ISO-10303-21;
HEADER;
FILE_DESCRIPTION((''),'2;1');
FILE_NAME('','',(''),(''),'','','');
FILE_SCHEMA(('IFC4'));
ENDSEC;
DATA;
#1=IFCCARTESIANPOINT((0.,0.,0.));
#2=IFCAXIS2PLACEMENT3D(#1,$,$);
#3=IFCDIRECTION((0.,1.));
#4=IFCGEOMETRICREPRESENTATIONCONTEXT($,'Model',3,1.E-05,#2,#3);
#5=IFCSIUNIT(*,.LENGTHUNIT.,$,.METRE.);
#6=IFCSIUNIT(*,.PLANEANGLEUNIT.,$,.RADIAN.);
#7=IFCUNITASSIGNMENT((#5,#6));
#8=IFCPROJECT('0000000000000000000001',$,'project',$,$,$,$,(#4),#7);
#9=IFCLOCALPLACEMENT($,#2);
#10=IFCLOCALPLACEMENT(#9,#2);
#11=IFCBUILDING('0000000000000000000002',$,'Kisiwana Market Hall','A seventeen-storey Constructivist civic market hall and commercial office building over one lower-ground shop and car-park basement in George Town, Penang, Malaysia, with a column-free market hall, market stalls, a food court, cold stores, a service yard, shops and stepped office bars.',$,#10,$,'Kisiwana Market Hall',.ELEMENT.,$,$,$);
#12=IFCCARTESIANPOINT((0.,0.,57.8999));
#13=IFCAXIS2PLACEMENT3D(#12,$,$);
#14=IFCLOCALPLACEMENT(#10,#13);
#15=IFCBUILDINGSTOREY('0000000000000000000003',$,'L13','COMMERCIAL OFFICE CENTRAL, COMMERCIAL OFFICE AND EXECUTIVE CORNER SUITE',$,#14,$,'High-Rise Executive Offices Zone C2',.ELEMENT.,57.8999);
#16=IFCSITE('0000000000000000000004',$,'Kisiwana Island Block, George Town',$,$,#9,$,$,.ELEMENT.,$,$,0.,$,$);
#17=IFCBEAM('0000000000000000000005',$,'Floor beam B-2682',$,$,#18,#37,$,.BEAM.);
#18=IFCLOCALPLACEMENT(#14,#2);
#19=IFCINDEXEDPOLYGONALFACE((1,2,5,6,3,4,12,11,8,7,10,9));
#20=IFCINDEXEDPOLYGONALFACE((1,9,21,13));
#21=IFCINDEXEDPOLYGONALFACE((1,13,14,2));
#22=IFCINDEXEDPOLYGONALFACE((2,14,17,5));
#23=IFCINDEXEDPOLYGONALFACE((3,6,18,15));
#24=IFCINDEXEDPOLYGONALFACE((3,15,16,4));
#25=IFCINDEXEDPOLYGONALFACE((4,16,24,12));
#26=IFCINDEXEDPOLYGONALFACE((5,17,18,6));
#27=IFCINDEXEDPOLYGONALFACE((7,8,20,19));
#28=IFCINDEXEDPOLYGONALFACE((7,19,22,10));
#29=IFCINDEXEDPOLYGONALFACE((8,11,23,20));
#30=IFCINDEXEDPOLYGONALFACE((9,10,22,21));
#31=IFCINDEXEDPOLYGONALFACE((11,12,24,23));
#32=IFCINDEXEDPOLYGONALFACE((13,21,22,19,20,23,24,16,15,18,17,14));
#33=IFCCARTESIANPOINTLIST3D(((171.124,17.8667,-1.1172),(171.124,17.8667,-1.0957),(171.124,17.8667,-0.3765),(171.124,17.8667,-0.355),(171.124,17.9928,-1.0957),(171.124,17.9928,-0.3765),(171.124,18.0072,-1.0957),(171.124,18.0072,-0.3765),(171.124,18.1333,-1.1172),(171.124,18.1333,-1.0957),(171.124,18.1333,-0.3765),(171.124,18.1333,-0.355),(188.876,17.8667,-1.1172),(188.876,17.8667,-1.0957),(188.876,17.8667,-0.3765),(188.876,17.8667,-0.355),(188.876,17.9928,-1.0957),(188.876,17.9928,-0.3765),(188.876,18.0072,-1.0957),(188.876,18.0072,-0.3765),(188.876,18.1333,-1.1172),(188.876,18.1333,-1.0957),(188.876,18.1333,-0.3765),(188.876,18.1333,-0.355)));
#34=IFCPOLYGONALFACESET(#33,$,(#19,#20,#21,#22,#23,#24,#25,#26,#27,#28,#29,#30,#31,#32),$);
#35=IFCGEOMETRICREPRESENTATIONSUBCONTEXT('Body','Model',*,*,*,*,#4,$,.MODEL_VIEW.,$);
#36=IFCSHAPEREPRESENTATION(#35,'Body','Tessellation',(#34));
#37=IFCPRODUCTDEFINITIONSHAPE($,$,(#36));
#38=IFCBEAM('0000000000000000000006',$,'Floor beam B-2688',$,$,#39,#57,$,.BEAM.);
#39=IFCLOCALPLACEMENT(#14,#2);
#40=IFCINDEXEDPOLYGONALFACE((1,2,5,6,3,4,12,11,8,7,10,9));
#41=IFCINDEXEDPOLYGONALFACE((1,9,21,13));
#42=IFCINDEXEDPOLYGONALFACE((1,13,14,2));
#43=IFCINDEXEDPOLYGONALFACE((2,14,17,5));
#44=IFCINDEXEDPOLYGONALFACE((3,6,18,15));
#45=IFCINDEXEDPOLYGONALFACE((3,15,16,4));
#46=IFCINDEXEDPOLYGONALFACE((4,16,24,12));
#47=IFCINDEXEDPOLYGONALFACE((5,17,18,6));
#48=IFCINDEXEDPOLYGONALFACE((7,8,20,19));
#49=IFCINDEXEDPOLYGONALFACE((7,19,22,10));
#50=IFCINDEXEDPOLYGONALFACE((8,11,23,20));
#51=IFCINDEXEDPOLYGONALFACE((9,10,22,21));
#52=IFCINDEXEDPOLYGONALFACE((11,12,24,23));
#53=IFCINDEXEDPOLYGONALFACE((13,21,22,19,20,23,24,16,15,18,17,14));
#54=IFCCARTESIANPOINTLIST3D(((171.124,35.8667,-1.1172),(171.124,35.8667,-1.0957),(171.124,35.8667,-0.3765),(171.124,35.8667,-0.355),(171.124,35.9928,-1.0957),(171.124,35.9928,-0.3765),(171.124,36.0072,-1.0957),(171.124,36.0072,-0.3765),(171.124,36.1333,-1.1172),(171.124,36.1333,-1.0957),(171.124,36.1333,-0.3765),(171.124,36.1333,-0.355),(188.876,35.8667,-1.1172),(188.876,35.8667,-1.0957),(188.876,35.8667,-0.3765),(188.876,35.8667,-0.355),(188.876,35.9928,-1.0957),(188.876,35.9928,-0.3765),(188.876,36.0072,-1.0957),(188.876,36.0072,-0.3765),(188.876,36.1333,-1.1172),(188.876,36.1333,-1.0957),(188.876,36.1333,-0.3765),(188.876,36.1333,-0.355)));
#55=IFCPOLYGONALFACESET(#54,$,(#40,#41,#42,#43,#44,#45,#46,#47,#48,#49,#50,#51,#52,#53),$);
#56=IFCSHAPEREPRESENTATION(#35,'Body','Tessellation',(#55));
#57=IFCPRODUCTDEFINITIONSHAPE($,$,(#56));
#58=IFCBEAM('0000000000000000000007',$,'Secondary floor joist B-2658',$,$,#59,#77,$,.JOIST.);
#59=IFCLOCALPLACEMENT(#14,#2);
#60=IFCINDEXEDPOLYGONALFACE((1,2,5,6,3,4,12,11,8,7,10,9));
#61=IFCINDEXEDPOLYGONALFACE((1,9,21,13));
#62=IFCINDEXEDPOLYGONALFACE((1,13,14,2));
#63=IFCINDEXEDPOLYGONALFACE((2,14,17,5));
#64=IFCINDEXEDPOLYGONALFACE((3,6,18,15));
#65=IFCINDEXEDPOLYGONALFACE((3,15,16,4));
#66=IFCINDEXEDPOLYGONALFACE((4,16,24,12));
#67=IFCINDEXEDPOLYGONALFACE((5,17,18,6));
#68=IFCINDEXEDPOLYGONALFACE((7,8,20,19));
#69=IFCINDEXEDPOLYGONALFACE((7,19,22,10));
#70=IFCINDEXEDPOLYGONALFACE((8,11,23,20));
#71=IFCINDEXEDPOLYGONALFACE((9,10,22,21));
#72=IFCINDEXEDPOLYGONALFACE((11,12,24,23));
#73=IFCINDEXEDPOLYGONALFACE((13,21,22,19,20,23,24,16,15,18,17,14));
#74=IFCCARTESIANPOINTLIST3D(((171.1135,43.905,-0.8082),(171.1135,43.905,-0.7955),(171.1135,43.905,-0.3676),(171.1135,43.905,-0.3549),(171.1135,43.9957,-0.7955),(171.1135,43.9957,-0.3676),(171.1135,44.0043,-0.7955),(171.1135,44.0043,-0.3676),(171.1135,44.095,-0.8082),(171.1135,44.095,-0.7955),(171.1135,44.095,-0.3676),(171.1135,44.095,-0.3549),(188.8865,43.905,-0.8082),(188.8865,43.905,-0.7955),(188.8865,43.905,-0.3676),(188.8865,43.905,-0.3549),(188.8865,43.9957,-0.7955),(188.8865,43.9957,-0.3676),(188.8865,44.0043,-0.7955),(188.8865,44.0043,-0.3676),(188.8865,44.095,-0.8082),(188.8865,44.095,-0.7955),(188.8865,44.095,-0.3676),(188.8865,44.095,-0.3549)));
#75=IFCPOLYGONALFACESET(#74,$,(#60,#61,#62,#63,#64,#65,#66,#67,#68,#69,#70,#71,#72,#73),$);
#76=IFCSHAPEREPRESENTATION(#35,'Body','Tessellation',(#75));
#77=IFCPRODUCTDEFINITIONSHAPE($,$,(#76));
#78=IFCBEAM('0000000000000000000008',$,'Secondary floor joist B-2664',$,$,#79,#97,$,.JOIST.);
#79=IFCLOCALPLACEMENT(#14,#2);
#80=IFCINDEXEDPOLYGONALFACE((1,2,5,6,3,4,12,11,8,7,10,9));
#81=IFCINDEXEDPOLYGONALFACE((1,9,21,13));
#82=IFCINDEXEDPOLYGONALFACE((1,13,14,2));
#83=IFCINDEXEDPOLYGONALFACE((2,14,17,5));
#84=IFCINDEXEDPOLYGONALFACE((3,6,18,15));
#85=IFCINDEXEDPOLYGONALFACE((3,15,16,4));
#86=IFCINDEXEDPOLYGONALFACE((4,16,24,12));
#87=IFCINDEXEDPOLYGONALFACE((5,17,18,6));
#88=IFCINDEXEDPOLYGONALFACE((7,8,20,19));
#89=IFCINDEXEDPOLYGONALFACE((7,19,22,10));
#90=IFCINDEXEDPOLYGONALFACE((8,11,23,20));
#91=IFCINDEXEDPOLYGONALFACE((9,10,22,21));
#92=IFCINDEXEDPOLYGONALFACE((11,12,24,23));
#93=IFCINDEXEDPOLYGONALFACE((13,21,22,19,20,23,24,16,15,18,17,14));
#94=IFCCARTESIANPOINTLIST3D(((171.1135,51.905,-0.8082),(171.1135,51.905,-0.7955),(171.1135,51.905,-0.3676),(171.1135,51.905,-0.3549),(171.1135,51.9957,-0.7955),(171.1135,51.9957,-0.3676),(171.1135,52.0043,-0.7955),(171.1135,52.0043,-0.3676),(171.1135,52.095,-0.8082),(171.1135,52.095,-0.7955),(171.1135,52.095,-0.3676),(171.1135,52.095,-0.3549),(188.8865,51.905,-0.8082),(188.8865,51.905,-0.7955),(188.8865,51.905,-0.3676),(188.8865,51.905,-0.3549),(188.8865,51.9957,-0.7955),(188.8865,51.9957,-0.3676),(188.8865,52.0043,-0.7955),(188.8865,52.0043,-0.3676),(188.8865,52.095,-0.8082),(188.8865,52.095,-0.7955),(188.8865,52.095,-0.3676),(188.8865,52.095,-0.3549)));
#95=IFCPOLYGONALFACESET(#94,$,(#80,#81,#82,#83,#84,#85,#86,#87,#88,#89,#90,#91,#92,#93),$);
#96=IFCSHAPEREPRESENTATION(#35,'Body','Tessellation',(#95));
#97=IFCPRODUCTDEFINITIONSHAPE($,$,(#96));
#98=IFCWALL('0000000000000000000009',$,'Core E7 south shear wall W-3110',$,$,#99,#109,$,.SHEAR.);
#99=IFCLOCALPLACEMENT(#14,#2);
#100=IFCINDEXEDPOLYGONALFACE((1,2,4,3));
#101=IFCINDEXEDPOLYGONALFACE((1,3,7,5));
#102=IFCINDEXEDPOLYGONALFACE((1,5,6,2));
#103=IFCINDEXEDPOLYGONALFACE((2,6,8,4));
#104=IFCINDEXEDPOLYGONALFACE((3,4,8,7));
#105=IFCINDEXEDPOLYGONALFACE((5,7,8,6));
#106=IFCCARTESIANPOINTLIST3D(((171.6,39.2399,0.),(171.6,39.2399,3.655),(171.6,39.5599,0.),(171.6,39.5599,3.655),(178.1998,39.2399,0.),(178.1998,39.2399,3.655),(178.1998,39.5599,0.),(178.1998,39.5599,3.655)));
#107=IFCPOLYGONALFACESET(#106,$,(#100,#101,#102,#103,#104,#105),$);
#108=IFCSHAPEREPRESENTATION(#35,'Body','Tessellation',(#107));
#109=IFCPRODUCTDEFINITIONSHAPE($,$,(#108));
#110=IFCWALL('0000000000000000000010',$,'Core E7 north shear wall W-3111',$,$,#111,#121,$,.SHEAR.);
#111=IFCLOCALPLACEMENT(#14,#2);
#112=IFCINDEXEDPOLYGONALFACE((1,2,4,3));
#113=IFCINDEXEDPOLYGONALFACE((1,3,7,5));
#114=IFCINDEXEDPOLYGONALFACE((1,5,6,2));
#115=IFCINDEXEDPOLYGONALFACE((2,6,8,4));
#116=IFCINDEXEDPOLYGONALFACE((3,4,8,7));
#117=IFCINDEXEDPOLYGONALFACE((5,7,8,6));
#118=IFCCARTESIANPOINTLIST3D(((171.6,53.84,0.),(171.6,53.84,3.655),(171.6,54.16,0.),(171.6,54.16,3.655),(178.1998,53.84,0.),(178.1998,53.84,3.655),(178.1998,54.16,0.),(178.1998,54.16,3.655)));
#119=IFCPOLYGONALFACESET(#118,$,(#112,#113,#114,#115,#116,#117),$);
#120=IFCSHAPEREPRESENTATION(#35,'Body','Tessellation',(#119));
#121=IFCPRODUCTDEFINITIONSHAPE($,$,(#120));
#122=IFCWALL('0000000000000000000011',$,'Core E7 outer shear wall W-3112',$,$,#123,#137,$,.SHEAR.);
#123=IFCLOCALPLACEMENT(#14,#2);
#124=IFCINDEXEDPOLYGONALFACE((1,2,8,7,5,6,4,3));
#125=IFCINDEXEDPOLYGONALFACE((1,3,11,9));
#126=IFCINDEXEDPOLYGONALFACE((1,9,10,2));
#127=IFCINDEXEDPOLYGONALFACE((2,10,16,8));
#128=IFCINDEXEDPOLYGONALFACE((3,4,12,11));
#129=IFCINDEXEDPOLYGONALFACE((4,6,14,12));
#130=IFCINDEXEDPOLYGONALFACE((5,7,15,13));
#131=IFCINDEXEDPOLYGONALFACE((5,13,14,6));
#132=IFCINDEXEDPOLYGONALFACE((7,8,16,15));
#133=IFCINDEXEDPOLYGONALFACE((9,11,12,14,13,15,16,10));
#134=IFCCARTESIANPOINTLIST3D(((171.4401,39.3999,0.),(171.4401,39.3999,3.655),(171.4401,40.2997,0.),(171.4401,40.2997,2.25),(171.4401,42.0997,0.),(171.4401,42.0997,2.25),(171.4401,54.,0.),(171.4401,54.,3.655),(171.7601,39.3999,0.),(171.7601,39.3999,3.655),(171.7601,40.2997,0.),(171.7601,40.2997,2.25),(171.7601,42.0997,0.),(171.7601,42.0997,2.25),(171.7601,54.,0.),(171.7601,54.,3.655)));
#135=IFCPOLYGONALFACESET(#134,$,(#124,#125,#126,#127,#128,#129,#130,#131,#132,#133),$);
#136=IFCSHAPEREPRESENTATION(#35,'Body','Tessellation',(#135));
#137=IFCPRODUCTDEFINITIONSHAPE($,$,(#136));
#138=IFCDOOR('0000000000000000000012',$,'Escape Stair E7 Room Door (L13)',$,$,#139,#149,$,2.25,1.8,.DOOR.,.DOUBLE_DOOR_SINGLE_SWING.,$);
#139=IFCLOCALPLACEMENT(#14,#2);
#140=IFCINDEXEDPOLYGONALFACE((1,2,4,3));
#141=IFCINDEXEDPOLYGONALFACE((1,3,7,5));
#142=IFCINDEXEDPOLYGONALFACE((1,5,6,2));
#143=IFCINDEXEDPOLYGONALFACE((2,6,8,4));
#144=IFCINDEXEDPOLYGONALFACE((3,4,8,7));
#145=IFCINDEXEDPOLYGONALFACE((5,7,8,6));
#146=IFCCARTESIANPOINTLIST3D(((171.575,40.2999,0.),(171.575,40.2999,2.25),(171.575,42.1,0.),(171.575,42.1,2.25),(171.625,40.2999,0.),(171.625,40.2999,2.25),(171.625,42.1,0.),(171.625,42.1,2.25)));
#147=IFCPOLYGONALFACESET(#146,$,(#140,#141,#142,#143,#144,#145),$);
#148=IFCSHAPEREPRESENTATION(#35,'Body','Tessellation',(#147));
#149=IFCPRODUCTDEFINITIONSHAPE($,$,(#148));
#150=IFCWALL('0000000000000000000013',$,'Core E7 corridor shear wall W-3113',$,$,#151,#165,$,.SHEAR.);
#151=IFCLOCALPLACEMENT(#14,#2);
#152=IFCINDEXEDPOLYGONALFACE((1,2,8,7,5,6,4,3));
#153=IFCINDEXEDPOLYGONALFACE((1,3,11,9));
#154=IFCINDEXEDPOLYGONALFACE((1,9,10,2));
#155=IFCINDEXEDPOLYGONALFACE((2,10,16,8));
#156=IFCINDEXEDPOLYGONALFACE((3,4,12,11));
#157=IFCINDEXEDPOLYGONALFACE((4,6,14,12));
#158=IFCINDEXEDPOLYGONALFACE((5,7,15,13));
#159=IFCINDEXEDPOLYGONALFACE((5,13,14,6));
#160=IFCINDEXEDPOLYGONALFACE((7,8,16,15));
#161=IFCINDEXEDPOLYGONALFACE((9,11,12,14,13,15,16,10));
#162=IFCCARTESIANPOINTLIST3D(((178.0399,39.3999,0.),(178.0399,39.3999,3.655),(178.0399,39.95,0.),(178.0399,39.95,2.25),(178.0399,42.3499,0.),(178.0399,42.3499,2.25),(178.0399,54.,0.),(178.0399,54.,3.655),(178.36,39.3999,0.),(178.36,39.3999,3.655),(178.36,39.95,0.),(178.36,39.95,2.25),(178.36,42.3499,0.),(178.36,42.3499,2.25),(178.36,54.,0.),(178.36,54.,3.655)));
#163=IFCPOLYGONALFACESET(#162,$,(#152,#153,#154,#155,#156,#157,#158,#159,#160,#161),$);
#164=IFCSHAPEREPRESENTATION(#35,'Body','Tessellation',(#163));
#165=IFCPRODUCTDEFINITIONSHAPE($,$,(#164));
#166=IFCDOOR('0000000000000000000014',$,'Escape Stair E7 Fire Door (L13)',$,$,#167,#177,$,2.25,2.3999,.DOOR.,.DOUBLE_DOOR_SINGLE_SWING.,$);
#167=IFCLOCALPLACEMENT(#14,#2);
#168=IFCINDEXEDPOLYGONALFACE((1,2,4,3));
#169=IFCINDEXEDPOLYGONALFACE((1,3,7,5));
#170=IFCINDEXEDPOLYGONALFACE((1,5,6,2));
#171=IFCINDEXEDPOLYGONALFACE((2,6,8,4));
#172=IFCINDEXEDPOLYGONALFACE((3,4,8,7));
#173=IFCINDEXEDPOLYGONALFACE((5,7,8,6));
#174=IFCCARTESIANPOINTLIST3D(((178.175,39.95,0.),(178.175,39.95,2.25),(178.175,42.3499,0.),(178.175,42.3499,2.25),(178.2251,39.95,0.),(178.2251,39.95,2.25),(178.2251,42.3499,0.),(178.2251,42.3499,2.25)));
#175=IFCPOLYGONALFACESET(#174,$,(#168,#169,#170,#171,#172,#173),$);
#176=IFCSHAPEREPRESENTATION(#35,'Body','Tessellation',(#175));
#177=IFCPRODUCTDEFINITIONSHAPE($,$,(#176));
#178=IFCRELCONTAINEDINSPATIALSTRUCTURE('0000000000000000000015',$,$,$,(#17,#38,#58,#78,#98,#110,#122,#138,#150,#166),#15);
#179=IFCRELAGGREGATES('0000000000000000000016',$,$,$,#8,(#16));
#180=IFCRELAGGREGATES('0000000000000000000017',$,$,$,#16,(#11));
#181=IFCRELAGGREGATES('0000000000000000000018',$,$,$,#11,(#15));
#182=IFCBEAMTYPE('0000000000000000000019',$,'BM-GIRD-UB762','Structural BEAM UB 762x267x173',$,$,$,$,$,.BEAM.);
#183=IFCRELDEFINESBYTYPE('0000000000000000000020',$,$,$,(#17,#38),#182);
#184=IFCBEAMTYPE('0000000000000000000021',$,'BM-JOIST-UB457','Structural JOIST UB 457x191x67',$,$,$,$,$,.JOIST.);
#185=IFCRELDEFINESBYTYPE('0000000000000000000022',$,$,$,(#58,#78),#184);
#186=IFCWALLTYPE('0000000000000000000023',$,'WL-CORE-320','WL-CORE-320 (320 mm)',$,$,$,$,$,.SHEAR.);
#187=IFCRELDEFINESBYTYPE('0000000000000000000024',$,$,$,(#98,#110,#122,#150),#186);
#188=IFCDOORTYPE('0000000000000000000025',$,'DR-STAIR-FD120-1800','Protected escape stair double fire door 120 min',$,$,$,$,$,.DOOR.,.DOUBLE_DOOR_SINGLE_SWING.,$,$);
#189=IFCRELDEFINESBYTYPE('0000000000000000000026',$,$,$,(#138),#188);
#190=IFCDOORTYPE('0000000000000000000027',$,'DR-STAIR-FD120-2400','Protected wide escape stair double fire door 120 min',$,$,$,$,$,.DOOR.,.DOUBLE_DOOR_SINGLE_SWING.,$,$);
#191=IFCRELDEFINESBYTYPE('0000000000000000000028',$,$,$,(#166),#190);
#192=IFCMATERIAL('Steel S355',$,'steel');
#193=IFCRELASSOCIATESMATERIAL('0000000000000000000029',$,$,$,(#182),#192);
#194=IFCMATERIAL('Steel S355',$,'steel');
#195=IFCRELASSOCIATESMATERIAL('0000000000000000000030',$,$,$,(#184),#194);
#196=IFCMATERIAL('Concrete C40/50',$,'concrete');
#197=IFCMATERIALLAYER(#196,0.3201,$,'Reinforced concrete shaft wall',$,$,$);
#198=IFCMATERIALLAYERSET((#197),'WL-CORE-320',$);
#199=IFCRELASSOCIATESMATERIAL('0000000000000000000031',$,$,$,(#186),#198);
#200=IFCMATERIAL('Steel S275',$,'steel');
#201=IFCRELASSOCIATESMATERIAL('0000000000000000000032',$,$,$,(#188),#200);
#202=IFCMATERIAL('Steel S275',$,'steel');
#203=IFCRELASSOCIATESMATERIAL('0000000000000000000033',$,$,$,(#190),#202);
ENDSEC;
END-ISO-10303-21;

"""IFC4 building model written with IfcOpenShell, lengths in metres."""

from ifc_helpers import new_model, si_unit, direction, frame, frame_2d, origin, origin_2d, place, context, subcontext, project, spatial, rectangle, i_section, extrude, material, layer, layer_set, material_profile, profile_set, type_object, element, fill, save


model = new_model("IFC4")

# Units and contexts
model_context = context("Model", 3, precision=1e-05, world=origin(), true_north=direction((0.0, 1.0)))
body_context = subcontext(model_context, "Body", "Model", "MODEL_VIEW")
ifc_project = project(units=[si_unit("LENGTHUNIT", "METRE"), si_unit("PLANEANGLEUNIT", "RADIAN")], contexts=[model_context])

# Site, building, storey
site_placement = place(None, origin())
site = spatial("IfcSite", under=ifc_project, at=site_placement, Name="Kisiwana Island Block, George Town", CompositionType="ELEMENT", RefElevation=0.0)
building_placement = place(site_placement, origin())
building = spatial("IfcBuilding", under=site, at=building_placement, Name="Kisiwana Market Hall", Description="A seventeen-storey Constructivist civic market hall and commercial office building over one lower-ground shop and car-park basement in George Town, Penang, Malaysia, with a column-free market hall, market stalls, a food court, cold stores, a service yard, shops and stepped office bars.", LongName="Kisiwana Market Hall", CompositionType="ELEMENT")
storey_placement = place(building_placement, frame((0.0, 0.0, 57.8999)))
storey = spatial("IfcBuildingStorey", under=building, at=storey_placement, Name="L13", Description="COMMERCIAL OFFICE CENTRAL, COMMERCIAL OFFICE AND EXECUTIVE CORNER SUITE", LongName="High-Rise Executive Offices Zone C2", CompositionType="ELEMENT", Elevation=57.8999)

# Beams
ifc_material_1 = material(Name="Steel S355", Category="steel")
ifc_material_profile_1 = material_profile(ifc_material_1, i_section(OverallWidth=0.2666, OverallDepth=0.7622, WebThickness=0.0144, FlangeThickness=0.0215, at=origin_2d()), Name="UB 762x267x173")
ifc_profile_set_1 = profile_set([ifc_material_profile_1], Name="Steel S355")
beam_type_1 = type_object("IfcBeamType", Name="BM-GIRD-UB762", Description="Structural BEAM UB 762x267x173", PredefinedType="BEAM", material=ifc_profile_set_1)
for number, where, z_axis, x_axis, name in (
    (1, (171.124, 18.0, -0.7361), (1.0, 0.0, 0.0), (0.0, 1.0, 0.0), "Floor beam B-2682"),
    (2, (171.124, 36.0, -0.7361), (1.0, 0.0, 0.0), (0.0, 1.0, 0.0), "Floor beam B-2688"),
):
    element("IfcBeam", number, at=place(storey_placement, frame(where, z_axis=z_axis, x_axis=x_axis)), inside=storey, type_object=beam_type_1, Name=name, PredefinedType="BEAM", context=body_context, shape_type="SweptSolid", body=[
        extrude(i_section(OverallWidth=0.2666, OverallDepth=0.7622, WebThickness=0.0144, FlangeThickness=0.0215, at=origin_2d()), origin(), (0.0, 0.0, 1.0), 17.752),
    ])
ifc_material_2 = material(Name="Steel S355", Category="steel")
ifc_material_profile_2 = material_profile(ifc_material_2, i_section(OverallWidth=0.1899, OverallDepth=0.4534, WebThickness=0.0085, FlangeThickness=0.0127, at=origin_2d()), Name="UB 457x191x67")
ifc_profile_set_2 = profile_set([ifc_material_profile_2], Name="Steel S355")
beam_type_2 = type_object("IfcBeamType", Name="BM-JOIST-UB457", Description="Structural JOIST UB 457x191x67", PredefinedType="JOIST", material=ifc_profile_set_2)
for number, where, z_axis, x_axis, name in (
    (3, (171.1135, 44.0, -0.5815), (1.0, 0.0, 0.0), (0.0, 1.0, 0.0), "Secondary floor joist B-2658"),
    (4, (171.1135, 52.0, -0.5815), (1.0, 0.0, 0.0), (0.0, 1.0, 0.0), "Secondary floor joist B-2664"),
):
    element("IfcBeam", number, at=place(storey_placement, frame(where, z_axis=z_axis, x_axis=x_axis)), inside=storey, type_object=beam_type_2, Name=name, PredefinedType="JOIST", context=body_context, shape_type="SweptSolid", body=[
        extrude(i_section(OverallWidth=0.1899, OverallDepth=0.4534, WebThickness=0.0085, FlangeThickness=0.0127, at=origin_2d()), origin(), (0.0, 0.0, 1.0), 17.7729),
    ])

# Walls
ifc_material_3 = material(Name="Concrete C40/50", Category="concrete")
ifc_layer_1 = layer(ifc_material_3, 0.3201, Name="Reinforced concrete shaft wall")
ifc_layer_set_1 = layer_set([ifc_layer_1], Name="WL-CORE-320")
wall_type_1 = type_object("IfcWallType", Name="WL-CORE-320", Description="WL-CORE-320 (320 mm)", PredefinedType="SHEAR", material=ifc_layer_set_1)
for number, where, z_axis, x_axis, name in (
    (5, (171.6001, 39.3999, 0.0), (0.0, 0.0, 1.0), (1.0, 0.0, 0.0), "Core E7 south shear wall W-3110"),
    (6, (171.6001, 54.0, 0.0), (0.0, 0.0, 1.0), (1.0, 0.0, 0.0), "Core E7 north shear wall W-3111"),
):
    element("IfcWall", number, at=place(storey_placement, frame(where, z_axis=z_axis, x_axis=x_axis)), inside=storey, type_object=wall_type_1, Name=name, PredefinedType="SHEAR", context=body_context, shape_type="SweptSolid", body=[
        extrude(rectangle(XDim=6.5999, YDim=0.3201, at=frame_2d((3.2998, 0.0))), origin(), (0.0, 0.0, 1.0), 3.655),
    ])

# Walls, openings, doors
wall_1_placement = place(storey_placement, frame((171.6001, 39.3999, 0.0), z_axis=(0.0, 0.0, 1.0), x_axis=(0.0, 1.0, 0.0)))
wall_1 = element("IfcWall", 7, at=wall_1_placement, inside=storey, type_object=wall_type_1, Name="Core E7 outer shear wall W-3112", PredefinedType="SHEAR", context=body_context, shape_type="SweptSolid", body=[
    extrude(rectangle(XDim=14.6001, YDim=0.3201, at=frame_2d((7.3, 0.0))), origin(), (0.0, 0.0, 1.0), 3.655),
])
opening_1_placement = place(wall_1_placement, frame((0.8999, 0.0, 0.0)))
opening_1 = element("IfcOpeningElement", 8, at=opening_1_placement, cuts=wall_1, PredefinedType="OPENING", context=body_context, shape_type="SweptSolid", body=[
    extrude(rectangle(XDim=1.8, YDim=2.25, at=frame_2d((0.8999, 1.125))), frame((0.0, 0.1719, 0.0), z_axis=(0.0, -1.0, 0.0), x_axis=(1.0, 0.0, 0.0)), (0.0, 0.0, 1.0), 0.344),
])
ifc_material_4 = material(Name="Steel S275", Category="steel")
door_type_1 = type_object("IfcDoorType", Name="DR-STAIR-FD120-1800", Description="Protected escape stair double fire door 120 min", OperationType="DOUBLE_DOOR_SINGLE_SWING", PredefinedType="DOOR", material=ifc_material_4)
door_1_placement = place(opening_1_placement, frame((1.8, 0.0, 0.0), z_axis=(0.0, 0.0, 1.0), x_axis=(-1.0, 0.0, 0.0)))
door_1 = element("IfcDoor", 9, at=door_1_placement, inside=storey, type_object=door_type_1, Name="Escape Stair E7 Room Door (L13)", OperationType="DOUBLE_DOOR_SINGLE_SWING", OverallHeight=2.25, OverallWidth=1.8, PredefinedType="DOOR", context=body_context, shape_type="SweptSolid", body=[
    extrude(rectangle(XDim=1.8, YDim=2.25, at=frame_2d((0.8999, 1.125))), frame((0.0, 0.0249, 0.0), z_axis=(0.0, -1.0, 0.0), x_axis=(1.0, 0.0, 0.0)), (0.0, 0.0, 1.0), 0.05),
])
fill(opening_1, door_1)
wall_2_placement = place(storey_placement, frame((178.2, 39.3999, 0.0), z_axis=(0.0, 0.0, 1.0), x_axis=(0.0, 1.0, 0.0)))
wall_2 = element("IfcWall", 10, at=wall_2_placement, inside=storey, type_object=wall_type_1, Name="Core E7 corridor shear wall W-3113", PredefinedType="SHEAR", context=body_context, shape_type="SweptSolid", body=[
    extrude(rectangle(XDim=14.6001, YDim=0.3201, at=frame_2d((7.3, 0.0))), origin(), (0.0, 0.0, 1.0), 3.655),
])
opening_2_placement = place(wall_2_placement, frame((0.55, 0.0, 0.0)))
opening_2 = element("IfcOpeningElement", 11, at=opening_2_placement, cuts=wall_2, PredefinedType="OPENING", context=body_context, shape_type="SweptSolid", body=[
    extrude(rectangle(XDim=2.3999, YDim=2.25, at=frame_2d((1.2, 1.125))), frame((0.0, 0.1719, 0.0), z_axis=(0.0, -1.0, 0.0), x_axis=(1.0, 0.0, 0.0)), (0.0, 0.0, 1.0), 0.344),
])
ifc_material_5 = material(Name="Steel S275", Category="steel")
door_type_2 = type_object("IfcDoorType", Name="DR-STAIR-FD120-2400", Description="Protected wide escape stair double fire door 120 min", OperationType="DOUBLE_DOOR_SINGLE_SWING", PredefinedType="DOOR", material=ifc_material_5)
door_2_placement = place(opening_2_placement, origin())
door_2 = element("IfcDoor", 12, at=door_2_placement, inside=storey, type_object=door_type_2, Name="Escape Stair E7 Fire Door (L13)", OperationType="DOUBLE_DOOR_SINGLE_SWING", OverallHeight=2.25, OverallWidth=2.3999, PredefinedType="DOOR", context=body_context, shape_type="SweptSolid", body=[
    extrude(rectangle(XDim=2.3999, YDim=2.25, at=frame_2d((1.2, 1.125))), frame((0.0, 0.0249, 0.0), z_axis=(0.0, -1.0, 0.0), x_axis=(1.0, 0.0, 0.0)), (0.0, 0.0, 1.0), 0.05),
])
fill(opening_2, door_2)

save(model, "model.ifc")
